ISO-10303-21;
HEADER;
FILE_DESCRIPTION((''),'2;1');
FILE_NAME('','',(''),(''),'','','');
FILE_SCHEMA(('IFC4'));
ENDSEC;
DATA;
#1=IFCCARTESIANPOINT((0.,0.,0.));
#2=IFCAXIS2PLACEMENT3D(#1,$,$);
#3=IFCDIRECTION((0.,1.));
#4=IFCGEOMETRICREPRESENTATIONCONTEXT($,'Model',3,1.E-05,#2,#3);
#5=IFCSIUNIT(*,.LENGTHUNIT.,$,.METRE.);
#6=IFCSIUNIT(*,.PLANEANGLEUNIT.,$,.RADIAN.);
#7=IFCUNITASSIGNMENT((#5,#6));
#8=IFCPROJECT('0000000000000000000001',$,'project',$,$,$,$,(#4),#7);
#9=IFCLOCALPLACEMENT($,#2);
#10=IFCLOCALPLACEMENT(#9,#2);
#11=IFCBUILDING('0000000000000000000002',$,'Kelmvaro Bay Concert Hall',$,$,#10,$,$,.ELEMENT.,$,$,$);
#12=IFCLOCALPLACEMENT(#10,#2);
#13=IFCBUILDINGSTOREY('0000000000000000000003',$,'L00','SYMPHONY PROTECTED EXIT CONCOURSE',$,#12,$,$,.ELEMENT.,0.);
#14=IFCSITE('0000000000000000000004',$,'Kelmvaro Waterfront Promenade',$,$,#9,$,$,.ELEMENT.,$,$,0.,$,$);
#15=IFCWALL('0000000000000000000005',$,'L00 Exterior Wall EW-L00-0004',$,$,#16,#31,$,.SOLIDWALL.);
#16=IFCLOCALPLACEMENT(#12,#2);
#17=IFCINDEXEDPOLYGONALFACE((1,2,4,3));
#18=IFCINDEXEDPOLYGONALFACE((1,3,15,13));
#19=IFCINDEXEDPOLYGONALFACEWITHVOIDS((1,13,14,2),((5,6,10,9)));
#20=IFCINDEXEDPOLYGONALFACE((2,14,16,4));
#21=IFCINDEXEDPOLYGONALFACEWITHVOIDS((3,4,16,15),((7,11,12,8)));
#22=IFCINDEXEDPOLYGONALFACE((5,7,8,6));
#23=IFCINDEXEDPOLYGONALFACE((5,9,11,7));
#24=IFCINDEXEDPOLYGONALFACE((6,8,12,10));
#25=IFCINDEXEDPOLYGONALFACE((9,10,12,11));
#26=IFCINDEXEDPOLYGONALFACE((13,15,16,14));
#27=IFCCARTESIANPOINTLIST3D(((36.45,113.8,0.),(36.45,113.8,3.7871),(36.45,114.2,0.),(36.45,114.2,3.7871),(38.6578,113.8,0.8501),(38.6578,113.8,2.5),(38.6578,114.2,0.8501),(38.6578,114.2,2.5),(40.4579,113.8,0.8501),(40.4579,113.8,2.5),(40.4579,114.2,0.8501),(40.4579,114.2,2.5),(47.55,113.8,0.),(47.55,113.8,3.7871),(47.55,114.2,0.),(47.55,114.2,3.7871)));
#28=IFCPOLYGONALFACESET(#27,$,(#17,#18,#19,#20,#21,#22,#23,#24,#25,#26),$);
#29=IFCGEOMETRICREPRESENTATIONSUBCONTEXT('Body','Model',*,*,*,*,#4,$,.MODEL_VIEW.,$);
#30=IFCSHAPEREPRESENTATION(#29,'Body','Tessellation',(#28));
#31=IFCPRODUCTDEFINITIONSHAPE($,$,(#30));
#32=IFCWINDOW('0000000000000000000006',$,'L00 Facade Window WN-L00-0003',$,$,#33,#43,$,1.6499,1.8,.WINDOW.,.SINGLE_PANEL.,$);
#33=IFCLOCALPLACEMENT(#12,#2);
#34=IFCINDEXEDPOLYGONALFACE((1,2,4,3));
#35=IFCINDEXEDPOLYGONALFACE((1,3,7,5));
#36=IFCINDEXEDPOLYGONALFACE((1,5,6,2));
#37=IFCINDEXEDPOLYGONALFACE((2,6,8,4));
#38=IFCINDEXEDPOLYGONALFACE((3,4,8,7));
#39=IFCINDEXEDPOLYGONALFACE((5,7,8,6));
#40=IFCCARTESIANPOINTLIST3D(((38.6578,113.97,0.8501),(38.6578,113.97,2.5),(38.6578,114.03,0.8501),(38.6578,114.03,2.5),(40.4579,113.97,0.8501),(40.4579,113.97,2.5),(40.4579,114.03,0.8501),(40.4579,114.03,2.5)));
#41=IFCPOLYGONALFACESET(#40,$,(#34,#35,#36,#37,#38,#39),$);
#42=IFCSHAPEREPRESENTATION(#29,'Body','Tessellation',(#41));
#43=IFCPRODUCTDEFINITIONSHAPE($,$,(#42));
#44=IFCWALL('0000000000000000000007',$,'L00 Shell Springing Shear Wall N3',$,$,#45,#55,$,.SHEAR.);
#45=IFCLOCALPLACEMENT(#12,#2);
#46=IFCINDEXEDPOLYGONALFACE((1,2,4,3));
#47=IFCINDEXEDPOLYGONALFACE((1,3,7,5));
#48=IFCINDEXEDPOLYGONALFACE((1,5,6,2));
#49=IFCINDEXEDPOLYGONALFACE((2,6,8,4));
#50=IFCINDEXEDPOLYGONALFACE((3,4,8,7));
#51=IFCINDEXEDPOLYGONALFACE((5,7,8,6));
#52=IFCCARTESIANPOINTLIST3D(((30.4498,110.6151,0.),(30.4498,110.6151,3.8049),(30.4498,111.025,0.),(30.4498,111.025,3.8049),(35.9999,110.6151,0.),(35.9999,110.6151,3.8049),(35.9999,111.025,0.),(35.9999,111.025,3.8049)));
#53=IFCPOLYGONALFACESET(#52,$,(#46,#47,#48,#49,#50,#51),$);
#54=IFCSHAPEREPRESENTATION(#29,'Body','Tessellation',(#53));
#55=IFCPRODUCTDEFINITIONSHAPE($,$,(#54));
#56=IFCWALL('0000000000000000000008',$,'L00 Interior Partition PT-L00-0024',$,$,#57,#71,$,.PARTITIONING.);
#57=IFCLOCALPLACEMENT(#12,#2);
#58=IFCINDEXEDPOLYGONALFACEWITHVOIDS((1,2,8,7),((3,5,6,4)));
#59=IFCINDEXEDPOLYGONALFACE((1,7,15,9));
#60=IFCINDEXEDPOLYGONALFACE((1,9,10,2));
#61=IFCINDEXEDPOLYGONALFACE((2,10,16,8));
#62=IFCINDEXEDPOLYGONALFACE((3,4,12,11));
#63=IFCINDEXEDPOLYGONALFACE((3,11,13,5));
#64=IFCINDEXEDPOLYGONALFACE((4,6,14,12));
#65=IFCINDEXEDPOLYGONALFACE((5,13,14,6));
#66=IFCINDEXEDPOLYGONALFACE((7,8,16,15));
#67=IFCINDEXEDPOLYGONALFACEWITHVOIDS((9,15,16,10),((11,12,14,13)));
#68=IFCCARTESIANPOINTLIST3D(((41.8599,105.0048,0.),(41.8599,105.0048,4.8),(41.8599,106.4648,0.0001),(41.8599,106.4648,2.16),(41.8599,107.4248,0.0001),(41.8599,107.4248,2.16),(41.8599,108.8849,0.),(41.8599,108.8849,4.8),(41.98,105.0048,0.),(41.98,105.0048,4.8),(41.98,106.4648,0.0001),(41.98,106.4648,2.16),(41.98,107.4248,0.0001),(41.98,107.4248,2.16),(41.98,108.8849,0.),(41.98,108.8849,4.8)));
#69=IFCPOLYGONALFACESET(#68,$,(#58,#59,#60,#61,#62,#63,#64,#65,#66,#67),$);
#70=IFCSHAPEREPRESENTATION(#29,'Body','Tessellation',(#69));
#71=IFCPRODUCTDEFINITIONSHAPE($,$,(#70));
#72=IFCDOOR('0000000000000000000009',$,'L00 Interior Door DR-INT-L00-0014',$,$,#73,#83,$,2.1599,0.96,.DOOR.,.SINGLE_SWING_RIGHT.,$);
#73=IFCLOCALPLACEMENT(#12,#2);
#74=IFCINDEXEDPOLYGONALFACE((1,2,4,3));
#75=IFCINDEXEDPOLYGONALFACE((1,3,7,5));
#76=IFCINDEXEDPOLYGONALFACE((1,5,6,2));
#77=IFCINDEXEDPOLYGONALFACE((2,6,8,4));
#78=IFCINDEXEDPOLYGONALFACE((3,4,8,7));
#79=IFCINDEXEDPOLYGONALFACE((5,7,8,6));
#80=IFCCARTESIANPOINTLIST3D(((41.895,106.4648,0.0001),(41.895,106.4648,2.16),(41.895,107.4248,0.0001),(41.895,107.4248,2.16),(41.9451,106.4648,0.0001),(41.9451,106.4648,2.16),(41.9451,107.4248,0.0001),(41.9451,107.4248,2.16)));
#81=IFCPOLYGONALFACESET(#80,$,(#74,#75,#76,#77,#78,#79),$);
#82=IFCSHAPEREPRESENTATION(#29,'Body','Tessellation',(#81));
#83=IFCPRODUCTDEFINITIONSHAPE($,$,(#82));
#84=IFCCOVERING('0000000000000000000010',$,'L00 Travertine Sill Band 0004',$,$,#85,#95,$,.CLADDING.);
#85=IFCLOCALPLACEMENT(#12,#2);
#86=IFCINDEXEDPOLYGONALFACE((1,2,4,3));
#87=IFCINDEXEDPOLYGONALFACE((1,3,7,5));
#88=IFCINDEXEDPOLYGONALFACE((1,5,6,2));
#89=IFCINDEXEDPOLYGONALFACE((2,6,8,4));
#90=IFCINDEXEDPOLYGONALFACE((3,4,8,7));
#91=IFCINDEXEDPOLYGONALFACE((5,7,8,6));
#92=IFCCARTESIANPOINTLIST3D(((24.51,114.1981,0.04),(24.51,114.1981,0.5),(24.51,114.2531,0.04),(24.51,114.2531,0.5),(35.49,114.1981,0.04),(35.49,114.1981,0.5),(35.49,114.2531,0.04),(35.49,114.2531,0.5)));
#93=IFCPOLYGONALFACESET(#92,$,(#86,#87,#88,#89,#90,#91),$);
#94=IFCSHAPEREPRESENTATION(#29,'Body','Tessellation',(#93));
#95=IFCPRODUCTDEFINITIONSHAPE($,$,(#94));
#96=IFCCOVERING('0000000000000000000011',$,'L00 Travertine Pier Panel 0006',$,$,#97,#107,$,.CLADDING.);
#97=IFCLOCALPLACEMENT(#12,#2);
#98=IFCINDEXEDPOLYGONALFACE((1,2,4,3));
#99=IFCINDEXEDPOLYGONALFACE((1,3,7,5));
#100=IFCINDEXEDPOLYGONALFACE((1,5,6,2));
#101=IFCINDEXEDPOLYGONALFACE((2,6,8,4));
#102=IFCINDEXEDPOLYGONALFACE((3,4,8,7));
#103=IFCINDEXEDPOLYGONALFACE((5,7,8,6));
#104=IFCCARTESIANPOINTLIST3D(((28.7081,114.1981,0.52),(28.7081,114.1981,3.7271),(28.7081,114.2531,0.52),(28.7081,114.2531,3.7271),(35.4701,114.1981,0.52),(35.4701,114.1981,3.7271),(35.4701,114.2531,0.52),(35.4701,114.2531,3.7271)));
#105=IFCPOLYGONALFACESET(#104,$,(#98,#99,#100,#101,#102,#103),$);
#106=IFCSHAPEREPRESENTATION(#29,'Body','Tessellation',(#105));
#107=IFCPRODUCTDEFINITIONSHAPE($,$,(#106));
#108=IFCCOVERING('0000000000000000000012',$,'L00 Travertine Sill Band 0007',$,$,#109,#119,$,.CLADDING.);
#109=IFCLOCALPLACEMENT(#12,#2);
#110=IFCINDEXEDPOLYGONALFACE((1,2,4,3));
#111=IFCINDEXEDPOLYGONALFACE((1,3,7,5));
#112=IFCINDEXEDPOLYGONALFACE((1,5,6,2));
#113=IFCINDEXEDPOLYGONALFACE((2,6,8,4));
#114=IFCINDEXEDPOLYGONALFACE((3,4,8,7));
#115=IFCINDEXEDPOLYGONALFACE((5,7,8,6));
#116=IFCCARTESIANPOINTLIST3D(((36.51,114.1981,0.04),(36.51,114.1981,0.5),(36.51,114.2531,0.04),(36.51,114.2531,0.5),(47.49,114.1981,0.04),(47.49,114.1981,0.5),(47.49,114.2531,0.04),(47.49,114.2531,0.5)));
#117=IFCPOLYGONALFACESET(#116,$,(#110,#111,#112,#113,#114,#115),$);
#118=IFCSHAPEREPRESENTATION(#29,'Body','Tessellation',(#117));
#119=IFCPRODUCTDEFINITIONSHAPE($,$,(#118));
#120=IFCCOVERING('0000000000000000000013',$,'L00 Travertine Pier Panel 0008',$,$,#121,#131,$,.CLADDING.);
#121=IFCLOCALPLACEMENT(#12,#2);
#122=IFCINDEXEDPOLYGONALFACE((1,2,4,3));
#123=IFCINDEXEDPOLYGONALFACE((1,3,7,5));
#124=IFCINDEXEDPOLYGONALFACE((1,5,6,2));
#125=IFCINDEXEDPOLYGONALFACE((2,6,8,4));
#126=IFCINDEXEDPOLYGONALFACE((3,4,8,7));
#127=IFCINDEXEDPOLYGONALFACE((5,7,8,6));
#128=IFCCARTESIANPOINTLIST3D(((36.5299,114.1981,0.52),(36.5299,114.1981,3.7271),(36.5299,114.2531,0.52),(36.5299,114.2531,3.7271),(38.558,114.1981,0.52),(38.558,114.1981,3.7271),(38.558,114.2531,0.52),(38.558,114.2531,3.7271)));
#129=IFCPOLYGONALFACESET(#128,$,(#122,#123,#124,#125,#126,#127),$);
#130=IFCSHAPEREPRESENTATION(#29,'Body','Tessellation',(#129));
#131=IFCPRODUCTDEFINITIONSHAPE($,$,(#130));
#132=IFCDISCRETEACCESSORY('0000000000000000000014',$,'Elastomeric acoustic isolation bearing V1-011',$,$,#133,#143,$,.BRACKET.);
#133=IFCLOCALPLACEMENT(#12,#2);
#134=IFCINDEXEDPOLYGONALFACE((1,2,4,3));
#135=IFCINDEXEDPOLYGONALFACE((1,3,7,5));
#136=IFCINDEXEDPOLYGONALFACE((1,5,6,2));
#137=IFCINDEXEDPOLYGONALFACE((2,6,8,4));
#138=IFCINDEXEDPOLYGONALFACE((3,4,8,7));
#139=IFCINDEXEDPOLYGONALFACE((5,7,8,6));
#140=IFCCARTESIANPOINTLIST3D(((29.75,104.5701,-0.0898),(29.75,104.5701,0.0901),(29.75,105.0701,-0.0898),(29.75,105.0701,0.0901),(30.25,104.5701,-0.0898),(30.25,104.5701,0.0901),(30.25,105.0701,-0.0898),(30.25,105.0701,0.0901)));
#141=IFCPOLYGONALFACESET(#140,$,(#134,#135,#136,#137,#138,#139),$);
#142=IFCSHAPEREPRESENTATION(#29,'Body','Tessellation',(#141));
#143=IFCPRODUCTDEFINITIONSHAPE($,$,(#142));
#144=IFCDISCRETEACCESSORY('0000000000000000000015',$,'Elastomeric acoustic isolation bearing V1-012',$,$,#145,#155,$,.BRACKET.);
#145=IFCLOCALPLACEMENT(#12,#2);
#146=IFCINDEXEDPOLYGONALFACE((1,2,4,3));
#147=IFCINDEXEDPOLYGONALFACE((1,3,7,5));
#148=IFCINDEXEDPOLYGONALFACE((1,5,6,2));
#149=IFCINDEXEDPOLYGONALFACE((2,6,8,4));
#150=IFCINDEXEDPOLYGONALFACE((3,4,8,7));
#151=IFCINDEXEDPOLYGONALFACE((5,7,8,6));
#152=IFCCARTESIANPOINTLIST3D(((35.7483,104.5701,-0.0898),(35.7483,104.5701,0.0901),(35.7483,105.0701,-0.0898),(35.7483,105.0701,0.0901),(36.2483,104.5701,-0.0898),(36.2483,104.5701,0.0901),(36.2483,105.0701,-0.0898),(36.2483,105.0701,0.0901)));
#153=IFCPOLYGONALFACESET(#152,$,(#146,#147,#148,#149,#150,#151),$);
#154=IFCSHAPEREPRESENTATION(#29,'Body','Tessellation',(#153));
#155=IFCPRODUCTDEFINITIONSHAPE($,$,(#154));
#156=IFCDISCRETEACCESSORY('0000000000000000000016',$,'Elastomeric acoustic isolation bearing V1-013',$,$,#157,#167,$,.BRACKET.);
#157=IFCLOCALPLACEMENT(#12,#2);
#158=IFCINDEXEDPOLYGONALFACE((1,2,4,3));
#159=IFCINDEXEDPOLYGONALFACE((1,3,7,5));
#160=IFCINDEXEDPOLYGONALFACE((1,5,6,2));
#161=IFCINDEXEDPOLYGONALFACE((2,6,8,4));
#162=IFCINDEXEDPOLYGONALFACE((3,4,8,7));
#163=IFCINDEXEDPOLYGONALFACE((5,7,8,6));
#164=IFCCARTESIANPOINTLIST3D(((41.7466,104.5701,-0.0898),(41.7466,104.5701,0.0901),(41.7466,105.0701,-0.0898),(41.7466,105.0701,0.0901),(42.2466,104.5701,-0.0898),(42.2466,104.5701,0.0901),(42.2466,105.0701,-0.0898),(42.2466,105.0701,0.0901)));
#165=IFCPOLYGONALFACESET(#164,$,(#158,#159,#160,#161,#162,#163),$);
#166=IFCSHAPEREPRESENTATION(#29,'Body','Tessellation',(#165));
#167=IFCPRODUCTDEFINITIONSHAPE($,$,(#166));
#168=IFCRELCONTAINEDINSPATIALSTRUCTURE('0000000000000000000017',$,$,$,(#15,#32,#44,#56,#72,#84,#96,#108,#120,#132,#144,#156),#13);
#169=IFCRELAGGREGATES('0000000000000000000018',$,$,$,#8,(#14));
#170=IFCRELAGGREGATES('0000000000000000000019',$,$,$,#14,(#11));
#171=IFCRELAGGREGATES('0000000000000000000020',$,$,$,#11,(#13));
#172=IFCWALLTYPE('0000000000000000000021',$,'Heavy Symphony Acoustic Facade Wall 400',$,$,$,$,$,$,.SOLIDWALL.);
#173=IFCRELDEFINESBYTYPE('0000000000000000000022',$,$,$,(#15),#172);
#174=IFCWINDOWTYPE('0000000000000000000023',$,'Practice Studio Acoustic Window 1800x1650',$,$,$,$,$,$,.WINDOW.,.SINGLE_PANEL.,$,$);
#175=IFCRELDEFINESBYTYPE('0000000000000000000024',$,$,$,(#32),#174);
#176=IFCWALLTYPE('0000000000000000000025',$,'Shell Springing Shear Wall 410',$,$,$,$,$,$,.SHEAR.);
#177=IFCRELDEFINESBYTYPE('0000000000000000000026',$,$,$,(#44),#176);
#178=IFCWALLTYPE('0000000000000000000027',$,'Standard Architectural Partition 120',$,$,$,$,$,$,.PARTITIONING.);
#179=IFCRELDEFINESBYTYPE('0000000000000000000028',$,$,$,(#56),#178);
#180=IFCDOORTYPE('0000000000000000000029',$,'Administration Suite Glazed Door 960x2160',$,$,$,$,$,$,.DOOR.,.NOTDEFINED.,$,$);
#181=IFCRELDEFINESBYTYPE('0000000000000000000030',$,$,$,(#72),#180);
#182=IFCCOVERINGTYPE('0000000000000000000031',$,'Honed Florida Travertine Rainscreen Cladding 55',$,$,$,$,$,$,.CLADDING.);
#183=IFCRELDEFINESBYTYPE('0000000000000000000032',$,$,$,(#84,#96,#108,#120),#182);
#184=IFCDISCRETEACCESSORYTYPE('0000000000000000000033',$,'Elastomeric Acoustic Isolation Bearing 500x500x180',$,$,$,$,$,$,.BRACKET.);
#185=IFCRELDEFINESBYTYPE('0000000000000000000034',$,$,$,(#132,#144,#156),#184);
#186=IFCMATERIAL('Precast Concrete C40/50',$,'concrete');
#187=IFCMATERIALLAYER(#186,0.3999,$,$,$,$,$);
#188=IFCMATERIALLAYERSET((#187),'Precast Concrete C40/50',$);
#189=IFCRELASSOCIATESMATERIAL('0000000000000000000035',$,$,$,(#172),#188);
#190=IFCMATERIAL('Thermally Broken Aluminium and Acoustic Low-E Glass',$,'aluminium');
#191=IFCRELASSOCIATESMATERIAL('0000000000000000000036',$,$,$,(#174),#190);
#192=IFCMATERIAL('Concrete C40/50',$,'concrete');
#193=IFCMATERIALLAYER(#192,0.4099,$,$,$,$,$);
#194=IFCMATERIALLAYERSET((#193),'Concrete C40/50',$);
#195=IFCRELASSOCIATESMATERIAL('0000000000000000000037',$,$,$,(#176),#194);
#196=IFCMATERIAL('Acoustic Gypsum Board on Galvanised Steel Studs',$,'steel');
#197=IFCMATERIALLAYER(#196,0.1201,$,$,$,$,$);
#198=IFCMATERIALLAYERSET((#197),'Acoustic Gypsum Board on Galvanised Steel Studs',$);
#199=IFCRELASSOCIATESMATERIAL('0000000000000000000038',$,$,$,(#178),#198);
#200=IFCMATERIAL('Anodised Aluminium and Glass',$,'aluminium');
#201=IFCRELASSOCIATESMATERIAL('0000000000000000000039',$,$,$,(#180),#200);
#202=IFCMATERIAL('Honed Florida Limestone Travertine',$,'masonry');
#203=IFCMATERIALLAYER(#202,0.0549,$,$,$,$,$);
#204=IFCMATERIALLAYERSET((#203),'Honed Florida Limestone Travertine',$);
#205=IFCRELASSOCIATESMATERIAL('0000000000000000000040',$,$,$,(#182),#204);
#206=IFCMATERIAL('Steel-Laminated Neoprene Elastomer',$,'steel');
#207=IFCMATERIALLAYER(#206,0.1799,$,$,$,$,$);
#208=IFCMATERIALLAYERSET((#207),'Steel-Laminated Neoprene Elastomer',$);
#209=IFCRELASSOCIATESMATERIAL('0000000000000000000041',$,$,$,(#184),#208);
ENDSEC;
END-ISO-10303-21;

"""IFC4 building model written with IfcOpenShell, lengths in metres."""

from ifc_helpers import new_model, si_unit, direction, frame, frame_2d, origin, origin_2d, place, context, subcontext, project, spatial, rectangle, extrude, material, layer, layer_set, type_object, element, fill, save


model = new_model("IFC4")

# Units and contexts
model_context = context("Model", 3, precision=1e-05, world=origin(), true_north=direction((0.0, 1.0)))
body_context = subcontext(model_context, "Body", "Model", "MODEL_VIEW")
ifc_project = project(units=[si_unit("LENGTHUNIT", "METRE"), si_unit("PLANEANGLEUNIT", "RADIAN")], contexts=[model_context])

# Site, building, storey
site_placement = place(None, origin())
site = spatial("IfcSite", under=ifc_project, at=site_placement, Name="Kelmvaro Waterfront Promenade", CompositionType="ELEMENT", RefElevation=0.0)
building_placement = place(site_placement, origin())
building = spatial("IfcBuilding", under=site, at=building_placement, Name="Kelmvaro Bay Concert Hall", CompositionType="ELEMENT")
storey_placement = place(building_placement, origin())
storey = spatial("IfcBuildingStorey", under=building, at=storey_placement, Name="L00", Description="SYMPHONY PROTECTED EXIT CONCOURSE", CompositionType="ELEMENT", Elevation=0.0)

# Wall, opening, window
ifc_material_1 = material(Name="Precast Concrete C40/50", Category="concrete")
ifc_layer_1 = layer(ifc_material_1, 0.3999)
ifc_layer_set_1 = layer_set([ifc_layer_1], Name="Precast Concrete C40/50")
wall_type_1 = type_object("IfcWallType", Name="Heavy Symphony Acoustic Facade Wall 400", PredefinedType="SOLIDWALL", material=ifc_layer_set_1)
wall_1_placement = place(storey_placement, frame((36.45, 114.0, 0.0), z_axis=(0.0, 0.0, 1.0), x_axis=(1.0, 0.0, 0.0)))
wall_1 = element("IfcWall", 1, at=wall_1_placement, inside=storey, type_object=wall_type_1, Name="L00 Exterior Wall EW-L00-0004", PredefinedType="SOLIDWALL", context=body_context, shape_type="SweptSolid", body=[
    extrude(rectangle(XDim=11.1001, YDim=0.3999, at=frame_2d((5.55, 0.0))), origin(), (0.0, 0.0, 1.0), 3.7871),
])
opening_1_placement = place(wall_1_placement, frame((2.208, 0.0, 0.8501)))
opening_1 = element("IfcOpeningElement", 2, at=opening_1_placement, cuts=wall_1, PredefinedType="OPENING", context=body_context, shape_type="SweptSolid", body=[
    extrude(rectangle(XDim=1.8, YDim=1.6499, at=frame_2d((0.8999, 0.825))), frame((0.0, 0.21, 0.0), z_axis=(0.0, -1.0, 0.0), x_axis=(1.0, 0.0, 0.0)), (0.0, 0.0, 1.0), 0.4199),
])
ifc_material_2 = material(Name="Thermally Broken Aluminium and Acoustic Low-E Glass", Category="aluminium")
window_type = type_object("IfcWindowType", Name="Practice Studio Acoustic Window 1800x1650", PartitioningType="SINGLE_PANEL", PredefinedType="WINDOW", material=ifc_material_2)
window_placement = place(opening_1_placement, origin())
window = element("IfcWindow", 3, at=window_placement, inside=storey, type_object=window_type, Name="L00 Facade Window WN-L00-0003", OverallHeight=1.6499, OverallWidth=1.8, PartitioningType="SINGLE_PANEL", PredefinedType="WINDOW", context=body_context, shape_type="SweptSolid", body=[
    extrude(rectangle(XDim=1.8, YDim=1.6499, at=frame_2d((0.8999, 0.825))), frame((0.0, 0.03, 0.0), z_axis=(0.0, -1.0, 0.0), x_axis=(1.0, 0.0, 0.0)), (0.0, 0.0, 1.0), 0.0601),
])
fill(opening_1, window)

# Wall
ifc_material_3 = material(Name="Concrete C40/50", Category="concrete")
ifc_layer_2 = layer(ifc_material_3, 0.4099)
ifc_layer_set_2 = layer_set([ifc_layer_2], Name="Concrete C40/50")
wall_type_2 = type_object("IfcWallType", Name="Shell Springing Shear Wall 410", PredefinedType="SHEAR", material=ifc_layer_set_2)
wall_2_placement = place(storey_placement, frame((30.45, 110.8201, 0.0), z_axis=(0.0, 0.0, 1.0), x_axis=(1.0, 0.0, 0.0)))
element("IfcWall", 4, at=wall_2_placement, inside=storey, type_object=wall_type_2, Name="L00 Shell Springing Shear Wall N3", PredefinedType="SHEAR", context=body_context, shape_type="SweptSolid", body=[
    extrude(rectangle(XDim=5.55, YDim=0.4099, at=frame_2d((2.7749, 0.0))), origin(), (0.0, 0.0, 1.0), 3.8049),
])

# Wall, opening, door
ifc_material_4 = material(Name="Acoustic Gypsum Board on Galvanised Steel Studs", Category="steel")
ifc_layer_3 = layer(ifc_material_4, 0.1201)
ifc_layer_set_3 = layer_set([ifc_layer_3], Name="Acoustic Gypsum Board on Galvanised Steel Studs")
wall_type_3 = type_object("IfcWallType", Name="Standard Architectural Partition 120", PredefinedType="PARTITIONING", material=ifc_layer_set_3)
wall_3_placement = place(storey_placement, frame((41.9199, 105.0049, 0.0), z_axis=(0.0, 0.0, 1.0), x_axis=(0.0, 1.0, 0.0)))
wall_3 = element("IfcWall", 5, at=wall_3_placement, inside=storey, type_object=wall_type_3, Name="L00 Interior Partition PT-L00-0024", PredefinedType="PARTITIONING", context=body_context, shape_type="SweptSolid", body=[
    extrude(rectangle(XDim=3.8801, YDim=0.1201, at=frame_2d((1.9399, 0.0))), origin(), (0.0, 0.0, 1.0), 4.8),
])
opening_2_placement = place(wall_3_placement, frame((1.46, 0.0, 0.0)))
opening_2 = element("IfcOpeningElement", 6, at=opening_2_placement, cuts=wall_3, PredefinedType="OPENING", context=body_context, shape_type="SweptSolid", body=[
    extrude(rectangle(XDim=0.96, YDim=2.1599, at=frame_2d((0.48, 1.0801))), frame((0.0, 0.0701, 0.0), z_axis=(0.0, -1.0, 0.0), x_axis=(1.0, 0.0, 0.0)), (0.0, 0.0, 1.0), 0.1401),
])
ifc_material_5 = material(Name="Anodised Aluminium and Glass", Category="aluminium")
door_type_1 = type_object("IfcDoorType", Name="Administration Suite Glazed Door 960x2160", OperationType="NOTDEFINED", PredefinedType="DOOR", material=ifc_material_5)
door_1_placement = place(opening_2_placement, origin())
door_1 = element("IfcDoor", 7, at=door_1_placement, inside=storey, type_object=door_type_1, Name="L00 Interior Door DR-INT-L00-0014", OperationType="SINGLE_SWING_RIGHT", OverallHeight=2.1599, OverallWidth=0.96, PredefinedType="DOOR", context=body_context, shape_type="SweptSolid", body=[
    extrude(rectangle(XDim=0.96, YDim=2.1599, at=frame_2d((0.48, 1.0801))), frame((0.0, 0.0249, 0.0), z_axis=(0.0, -1.0, 0.0), x_axis=(1.0, 0.0, 0.0)), (0.0, 0.0, 1.0), 0.05),
])
fill(opening_2, door_1)

# Coverings
ifc_material_6 = material(Name="Honed Florida Limestone Travertine", Category="masonry")
ifc_layer_4 = layer(ifc_material_6, 0.0549)
ifc_layer_set_4 = layer_set([ifc_layer_4], Name="Honed Florida Limestone Travertine")
covering_type = type_object("IfcCoveringType", Name="Honed Florida Travertine Rainscreen Cladding 55", PredefinedType="CLADDING", material=ifc_layer_set_4)
covering_1_placement = place(storey_placement, frame((30.0, 114.2256, 0.04), z_axis=(0.0, 0.0, 1.0), x_axis=(1.0, 0.0, 0.0)))
element("IfcCovering", 8, at=covering_1_placement, inside=storey, type_object=covering_type, Name="L00 Travertine Sill Band 0004", PredefinedType="CLADDING", context=body_context, shape_type="SweptSolid", body=[
    extrude(rectangle(XDim=10.98, YDim=0.0549, at=origin_2d()), origin(), (0.0, 0.0, 1.0), 0.46),
])
covering_2_placement = place(storey_placement, frame((32.0891, 114.2256, 0.52), z_axis=(0.0, 0.0, 1.0), x_axis=(1.0, 0.0, 0.0)))
element("IfcCovering", 9, at=covering_2_placement, inside=storey, type_object=covering_type, Name="L00 Travertine Pier Panel 0006", PredefinedType="CLADDING", context=body_context, shape_type="SweptSolid", body=[
    extrude(rectangle(XDim=6.762, YDim=0.0549, at=origin_2d()), origin(), (0.0, 0.0, 1.0), 3.207),
])
covering_3_placement = place(storey_placement, frame((42.0, 114.2256, 0.04), z_axis=(0.0, 0.0, 1.0), x_axis=(1.0, 0.0, 0.0)))
element("IfcCovering", 10, at=covering_3_placement, inside=storey, type_object=covering_type, Name="L00 Travertine Sill Band 0007", PredefinedType="CLADDING", context=body_context, shape_type="SweptSolid", body=[
    extrude(rectangle(XDim=10.98, YDim=0.0549, at=origin_2d()), origin(), (0.0, 0.0, 1.0), 0.46),
])
covering_4_placement = place(storey_placement, frame((37.5439, 114.2256, 0.52), z_axis=(0.0, 0.0, 1.0), x_axis=(1.0, 0.0, 0.0)))
element("IfcCovering", 11, at=covering_4_placement, inside=storey, type_object=covering_type, Name="L00 Travertine Pier Panel 0008", PredefinedType="CLADDING", context=body_context, shape_type="SweptSolid", body=[
    extrude(rectangle(XDim=2.0281, YDim=0.0549, at=origin_2d()), origin(), (0.0, 0.0, 1.0), 3.207),
])

# Discrete accessories
ifc_material_7 = material(Name="Steel-Laminated Neoprene Elastomer", Category="steel")
ifc_layer_5 = layer(ifc_material_7, 0.1799)
ifc_layer_set_5 = layer_set([ifc_layer_5], Name="Steel-Laminated Neoprene Elastomer")
discrete_accessory_type = type_object("IfcDiscreteAccessoryType", Name="Elastomeric Acoustic Isolation Bearing 500x500x180", PredefinedType="BRACKET", material=ifc_layer_set_5)
for number, where, z_axis, x_axis, name in (
    (12, (30.0, 104.8201, -0.0898), (0.0, 0.0, 1.0), (1.0, 0.0, 0.0), "Elastomeric acoustic isolation bearing V1-011"),
    (13, (35.9983, 104.8201, -0.0898), (0.0, 0.0, 1.0), (1.0, 0.0, 0.0), "Elastomeric acoustic isolation bearing V1-012"),
    (14, (41.9966, 104.8201, -0.0898), (0.0, 0.0, 1.0), (1.0, 0.0, 0.0), "Elastomeric acoustic isolation bearing V1-013"),
):
    element("IfcDiscreteAccessory", number, at=place(storey_placement, frame(where, z_axis=z_axis, x_axis=x_axis)), inside=storey, type_object=discrete_accessory_type, Name=name, PredefinedType="BRACKET", context=body_context, shape_type="SweptSolid", body=[
        extrude(rectangle(XDim=0.5, YDim=0.5, at=origin_2d()), origin(), (0.0, 0.0, 1.0), 0.1799),
    ])

save(model, "model.ifc")
